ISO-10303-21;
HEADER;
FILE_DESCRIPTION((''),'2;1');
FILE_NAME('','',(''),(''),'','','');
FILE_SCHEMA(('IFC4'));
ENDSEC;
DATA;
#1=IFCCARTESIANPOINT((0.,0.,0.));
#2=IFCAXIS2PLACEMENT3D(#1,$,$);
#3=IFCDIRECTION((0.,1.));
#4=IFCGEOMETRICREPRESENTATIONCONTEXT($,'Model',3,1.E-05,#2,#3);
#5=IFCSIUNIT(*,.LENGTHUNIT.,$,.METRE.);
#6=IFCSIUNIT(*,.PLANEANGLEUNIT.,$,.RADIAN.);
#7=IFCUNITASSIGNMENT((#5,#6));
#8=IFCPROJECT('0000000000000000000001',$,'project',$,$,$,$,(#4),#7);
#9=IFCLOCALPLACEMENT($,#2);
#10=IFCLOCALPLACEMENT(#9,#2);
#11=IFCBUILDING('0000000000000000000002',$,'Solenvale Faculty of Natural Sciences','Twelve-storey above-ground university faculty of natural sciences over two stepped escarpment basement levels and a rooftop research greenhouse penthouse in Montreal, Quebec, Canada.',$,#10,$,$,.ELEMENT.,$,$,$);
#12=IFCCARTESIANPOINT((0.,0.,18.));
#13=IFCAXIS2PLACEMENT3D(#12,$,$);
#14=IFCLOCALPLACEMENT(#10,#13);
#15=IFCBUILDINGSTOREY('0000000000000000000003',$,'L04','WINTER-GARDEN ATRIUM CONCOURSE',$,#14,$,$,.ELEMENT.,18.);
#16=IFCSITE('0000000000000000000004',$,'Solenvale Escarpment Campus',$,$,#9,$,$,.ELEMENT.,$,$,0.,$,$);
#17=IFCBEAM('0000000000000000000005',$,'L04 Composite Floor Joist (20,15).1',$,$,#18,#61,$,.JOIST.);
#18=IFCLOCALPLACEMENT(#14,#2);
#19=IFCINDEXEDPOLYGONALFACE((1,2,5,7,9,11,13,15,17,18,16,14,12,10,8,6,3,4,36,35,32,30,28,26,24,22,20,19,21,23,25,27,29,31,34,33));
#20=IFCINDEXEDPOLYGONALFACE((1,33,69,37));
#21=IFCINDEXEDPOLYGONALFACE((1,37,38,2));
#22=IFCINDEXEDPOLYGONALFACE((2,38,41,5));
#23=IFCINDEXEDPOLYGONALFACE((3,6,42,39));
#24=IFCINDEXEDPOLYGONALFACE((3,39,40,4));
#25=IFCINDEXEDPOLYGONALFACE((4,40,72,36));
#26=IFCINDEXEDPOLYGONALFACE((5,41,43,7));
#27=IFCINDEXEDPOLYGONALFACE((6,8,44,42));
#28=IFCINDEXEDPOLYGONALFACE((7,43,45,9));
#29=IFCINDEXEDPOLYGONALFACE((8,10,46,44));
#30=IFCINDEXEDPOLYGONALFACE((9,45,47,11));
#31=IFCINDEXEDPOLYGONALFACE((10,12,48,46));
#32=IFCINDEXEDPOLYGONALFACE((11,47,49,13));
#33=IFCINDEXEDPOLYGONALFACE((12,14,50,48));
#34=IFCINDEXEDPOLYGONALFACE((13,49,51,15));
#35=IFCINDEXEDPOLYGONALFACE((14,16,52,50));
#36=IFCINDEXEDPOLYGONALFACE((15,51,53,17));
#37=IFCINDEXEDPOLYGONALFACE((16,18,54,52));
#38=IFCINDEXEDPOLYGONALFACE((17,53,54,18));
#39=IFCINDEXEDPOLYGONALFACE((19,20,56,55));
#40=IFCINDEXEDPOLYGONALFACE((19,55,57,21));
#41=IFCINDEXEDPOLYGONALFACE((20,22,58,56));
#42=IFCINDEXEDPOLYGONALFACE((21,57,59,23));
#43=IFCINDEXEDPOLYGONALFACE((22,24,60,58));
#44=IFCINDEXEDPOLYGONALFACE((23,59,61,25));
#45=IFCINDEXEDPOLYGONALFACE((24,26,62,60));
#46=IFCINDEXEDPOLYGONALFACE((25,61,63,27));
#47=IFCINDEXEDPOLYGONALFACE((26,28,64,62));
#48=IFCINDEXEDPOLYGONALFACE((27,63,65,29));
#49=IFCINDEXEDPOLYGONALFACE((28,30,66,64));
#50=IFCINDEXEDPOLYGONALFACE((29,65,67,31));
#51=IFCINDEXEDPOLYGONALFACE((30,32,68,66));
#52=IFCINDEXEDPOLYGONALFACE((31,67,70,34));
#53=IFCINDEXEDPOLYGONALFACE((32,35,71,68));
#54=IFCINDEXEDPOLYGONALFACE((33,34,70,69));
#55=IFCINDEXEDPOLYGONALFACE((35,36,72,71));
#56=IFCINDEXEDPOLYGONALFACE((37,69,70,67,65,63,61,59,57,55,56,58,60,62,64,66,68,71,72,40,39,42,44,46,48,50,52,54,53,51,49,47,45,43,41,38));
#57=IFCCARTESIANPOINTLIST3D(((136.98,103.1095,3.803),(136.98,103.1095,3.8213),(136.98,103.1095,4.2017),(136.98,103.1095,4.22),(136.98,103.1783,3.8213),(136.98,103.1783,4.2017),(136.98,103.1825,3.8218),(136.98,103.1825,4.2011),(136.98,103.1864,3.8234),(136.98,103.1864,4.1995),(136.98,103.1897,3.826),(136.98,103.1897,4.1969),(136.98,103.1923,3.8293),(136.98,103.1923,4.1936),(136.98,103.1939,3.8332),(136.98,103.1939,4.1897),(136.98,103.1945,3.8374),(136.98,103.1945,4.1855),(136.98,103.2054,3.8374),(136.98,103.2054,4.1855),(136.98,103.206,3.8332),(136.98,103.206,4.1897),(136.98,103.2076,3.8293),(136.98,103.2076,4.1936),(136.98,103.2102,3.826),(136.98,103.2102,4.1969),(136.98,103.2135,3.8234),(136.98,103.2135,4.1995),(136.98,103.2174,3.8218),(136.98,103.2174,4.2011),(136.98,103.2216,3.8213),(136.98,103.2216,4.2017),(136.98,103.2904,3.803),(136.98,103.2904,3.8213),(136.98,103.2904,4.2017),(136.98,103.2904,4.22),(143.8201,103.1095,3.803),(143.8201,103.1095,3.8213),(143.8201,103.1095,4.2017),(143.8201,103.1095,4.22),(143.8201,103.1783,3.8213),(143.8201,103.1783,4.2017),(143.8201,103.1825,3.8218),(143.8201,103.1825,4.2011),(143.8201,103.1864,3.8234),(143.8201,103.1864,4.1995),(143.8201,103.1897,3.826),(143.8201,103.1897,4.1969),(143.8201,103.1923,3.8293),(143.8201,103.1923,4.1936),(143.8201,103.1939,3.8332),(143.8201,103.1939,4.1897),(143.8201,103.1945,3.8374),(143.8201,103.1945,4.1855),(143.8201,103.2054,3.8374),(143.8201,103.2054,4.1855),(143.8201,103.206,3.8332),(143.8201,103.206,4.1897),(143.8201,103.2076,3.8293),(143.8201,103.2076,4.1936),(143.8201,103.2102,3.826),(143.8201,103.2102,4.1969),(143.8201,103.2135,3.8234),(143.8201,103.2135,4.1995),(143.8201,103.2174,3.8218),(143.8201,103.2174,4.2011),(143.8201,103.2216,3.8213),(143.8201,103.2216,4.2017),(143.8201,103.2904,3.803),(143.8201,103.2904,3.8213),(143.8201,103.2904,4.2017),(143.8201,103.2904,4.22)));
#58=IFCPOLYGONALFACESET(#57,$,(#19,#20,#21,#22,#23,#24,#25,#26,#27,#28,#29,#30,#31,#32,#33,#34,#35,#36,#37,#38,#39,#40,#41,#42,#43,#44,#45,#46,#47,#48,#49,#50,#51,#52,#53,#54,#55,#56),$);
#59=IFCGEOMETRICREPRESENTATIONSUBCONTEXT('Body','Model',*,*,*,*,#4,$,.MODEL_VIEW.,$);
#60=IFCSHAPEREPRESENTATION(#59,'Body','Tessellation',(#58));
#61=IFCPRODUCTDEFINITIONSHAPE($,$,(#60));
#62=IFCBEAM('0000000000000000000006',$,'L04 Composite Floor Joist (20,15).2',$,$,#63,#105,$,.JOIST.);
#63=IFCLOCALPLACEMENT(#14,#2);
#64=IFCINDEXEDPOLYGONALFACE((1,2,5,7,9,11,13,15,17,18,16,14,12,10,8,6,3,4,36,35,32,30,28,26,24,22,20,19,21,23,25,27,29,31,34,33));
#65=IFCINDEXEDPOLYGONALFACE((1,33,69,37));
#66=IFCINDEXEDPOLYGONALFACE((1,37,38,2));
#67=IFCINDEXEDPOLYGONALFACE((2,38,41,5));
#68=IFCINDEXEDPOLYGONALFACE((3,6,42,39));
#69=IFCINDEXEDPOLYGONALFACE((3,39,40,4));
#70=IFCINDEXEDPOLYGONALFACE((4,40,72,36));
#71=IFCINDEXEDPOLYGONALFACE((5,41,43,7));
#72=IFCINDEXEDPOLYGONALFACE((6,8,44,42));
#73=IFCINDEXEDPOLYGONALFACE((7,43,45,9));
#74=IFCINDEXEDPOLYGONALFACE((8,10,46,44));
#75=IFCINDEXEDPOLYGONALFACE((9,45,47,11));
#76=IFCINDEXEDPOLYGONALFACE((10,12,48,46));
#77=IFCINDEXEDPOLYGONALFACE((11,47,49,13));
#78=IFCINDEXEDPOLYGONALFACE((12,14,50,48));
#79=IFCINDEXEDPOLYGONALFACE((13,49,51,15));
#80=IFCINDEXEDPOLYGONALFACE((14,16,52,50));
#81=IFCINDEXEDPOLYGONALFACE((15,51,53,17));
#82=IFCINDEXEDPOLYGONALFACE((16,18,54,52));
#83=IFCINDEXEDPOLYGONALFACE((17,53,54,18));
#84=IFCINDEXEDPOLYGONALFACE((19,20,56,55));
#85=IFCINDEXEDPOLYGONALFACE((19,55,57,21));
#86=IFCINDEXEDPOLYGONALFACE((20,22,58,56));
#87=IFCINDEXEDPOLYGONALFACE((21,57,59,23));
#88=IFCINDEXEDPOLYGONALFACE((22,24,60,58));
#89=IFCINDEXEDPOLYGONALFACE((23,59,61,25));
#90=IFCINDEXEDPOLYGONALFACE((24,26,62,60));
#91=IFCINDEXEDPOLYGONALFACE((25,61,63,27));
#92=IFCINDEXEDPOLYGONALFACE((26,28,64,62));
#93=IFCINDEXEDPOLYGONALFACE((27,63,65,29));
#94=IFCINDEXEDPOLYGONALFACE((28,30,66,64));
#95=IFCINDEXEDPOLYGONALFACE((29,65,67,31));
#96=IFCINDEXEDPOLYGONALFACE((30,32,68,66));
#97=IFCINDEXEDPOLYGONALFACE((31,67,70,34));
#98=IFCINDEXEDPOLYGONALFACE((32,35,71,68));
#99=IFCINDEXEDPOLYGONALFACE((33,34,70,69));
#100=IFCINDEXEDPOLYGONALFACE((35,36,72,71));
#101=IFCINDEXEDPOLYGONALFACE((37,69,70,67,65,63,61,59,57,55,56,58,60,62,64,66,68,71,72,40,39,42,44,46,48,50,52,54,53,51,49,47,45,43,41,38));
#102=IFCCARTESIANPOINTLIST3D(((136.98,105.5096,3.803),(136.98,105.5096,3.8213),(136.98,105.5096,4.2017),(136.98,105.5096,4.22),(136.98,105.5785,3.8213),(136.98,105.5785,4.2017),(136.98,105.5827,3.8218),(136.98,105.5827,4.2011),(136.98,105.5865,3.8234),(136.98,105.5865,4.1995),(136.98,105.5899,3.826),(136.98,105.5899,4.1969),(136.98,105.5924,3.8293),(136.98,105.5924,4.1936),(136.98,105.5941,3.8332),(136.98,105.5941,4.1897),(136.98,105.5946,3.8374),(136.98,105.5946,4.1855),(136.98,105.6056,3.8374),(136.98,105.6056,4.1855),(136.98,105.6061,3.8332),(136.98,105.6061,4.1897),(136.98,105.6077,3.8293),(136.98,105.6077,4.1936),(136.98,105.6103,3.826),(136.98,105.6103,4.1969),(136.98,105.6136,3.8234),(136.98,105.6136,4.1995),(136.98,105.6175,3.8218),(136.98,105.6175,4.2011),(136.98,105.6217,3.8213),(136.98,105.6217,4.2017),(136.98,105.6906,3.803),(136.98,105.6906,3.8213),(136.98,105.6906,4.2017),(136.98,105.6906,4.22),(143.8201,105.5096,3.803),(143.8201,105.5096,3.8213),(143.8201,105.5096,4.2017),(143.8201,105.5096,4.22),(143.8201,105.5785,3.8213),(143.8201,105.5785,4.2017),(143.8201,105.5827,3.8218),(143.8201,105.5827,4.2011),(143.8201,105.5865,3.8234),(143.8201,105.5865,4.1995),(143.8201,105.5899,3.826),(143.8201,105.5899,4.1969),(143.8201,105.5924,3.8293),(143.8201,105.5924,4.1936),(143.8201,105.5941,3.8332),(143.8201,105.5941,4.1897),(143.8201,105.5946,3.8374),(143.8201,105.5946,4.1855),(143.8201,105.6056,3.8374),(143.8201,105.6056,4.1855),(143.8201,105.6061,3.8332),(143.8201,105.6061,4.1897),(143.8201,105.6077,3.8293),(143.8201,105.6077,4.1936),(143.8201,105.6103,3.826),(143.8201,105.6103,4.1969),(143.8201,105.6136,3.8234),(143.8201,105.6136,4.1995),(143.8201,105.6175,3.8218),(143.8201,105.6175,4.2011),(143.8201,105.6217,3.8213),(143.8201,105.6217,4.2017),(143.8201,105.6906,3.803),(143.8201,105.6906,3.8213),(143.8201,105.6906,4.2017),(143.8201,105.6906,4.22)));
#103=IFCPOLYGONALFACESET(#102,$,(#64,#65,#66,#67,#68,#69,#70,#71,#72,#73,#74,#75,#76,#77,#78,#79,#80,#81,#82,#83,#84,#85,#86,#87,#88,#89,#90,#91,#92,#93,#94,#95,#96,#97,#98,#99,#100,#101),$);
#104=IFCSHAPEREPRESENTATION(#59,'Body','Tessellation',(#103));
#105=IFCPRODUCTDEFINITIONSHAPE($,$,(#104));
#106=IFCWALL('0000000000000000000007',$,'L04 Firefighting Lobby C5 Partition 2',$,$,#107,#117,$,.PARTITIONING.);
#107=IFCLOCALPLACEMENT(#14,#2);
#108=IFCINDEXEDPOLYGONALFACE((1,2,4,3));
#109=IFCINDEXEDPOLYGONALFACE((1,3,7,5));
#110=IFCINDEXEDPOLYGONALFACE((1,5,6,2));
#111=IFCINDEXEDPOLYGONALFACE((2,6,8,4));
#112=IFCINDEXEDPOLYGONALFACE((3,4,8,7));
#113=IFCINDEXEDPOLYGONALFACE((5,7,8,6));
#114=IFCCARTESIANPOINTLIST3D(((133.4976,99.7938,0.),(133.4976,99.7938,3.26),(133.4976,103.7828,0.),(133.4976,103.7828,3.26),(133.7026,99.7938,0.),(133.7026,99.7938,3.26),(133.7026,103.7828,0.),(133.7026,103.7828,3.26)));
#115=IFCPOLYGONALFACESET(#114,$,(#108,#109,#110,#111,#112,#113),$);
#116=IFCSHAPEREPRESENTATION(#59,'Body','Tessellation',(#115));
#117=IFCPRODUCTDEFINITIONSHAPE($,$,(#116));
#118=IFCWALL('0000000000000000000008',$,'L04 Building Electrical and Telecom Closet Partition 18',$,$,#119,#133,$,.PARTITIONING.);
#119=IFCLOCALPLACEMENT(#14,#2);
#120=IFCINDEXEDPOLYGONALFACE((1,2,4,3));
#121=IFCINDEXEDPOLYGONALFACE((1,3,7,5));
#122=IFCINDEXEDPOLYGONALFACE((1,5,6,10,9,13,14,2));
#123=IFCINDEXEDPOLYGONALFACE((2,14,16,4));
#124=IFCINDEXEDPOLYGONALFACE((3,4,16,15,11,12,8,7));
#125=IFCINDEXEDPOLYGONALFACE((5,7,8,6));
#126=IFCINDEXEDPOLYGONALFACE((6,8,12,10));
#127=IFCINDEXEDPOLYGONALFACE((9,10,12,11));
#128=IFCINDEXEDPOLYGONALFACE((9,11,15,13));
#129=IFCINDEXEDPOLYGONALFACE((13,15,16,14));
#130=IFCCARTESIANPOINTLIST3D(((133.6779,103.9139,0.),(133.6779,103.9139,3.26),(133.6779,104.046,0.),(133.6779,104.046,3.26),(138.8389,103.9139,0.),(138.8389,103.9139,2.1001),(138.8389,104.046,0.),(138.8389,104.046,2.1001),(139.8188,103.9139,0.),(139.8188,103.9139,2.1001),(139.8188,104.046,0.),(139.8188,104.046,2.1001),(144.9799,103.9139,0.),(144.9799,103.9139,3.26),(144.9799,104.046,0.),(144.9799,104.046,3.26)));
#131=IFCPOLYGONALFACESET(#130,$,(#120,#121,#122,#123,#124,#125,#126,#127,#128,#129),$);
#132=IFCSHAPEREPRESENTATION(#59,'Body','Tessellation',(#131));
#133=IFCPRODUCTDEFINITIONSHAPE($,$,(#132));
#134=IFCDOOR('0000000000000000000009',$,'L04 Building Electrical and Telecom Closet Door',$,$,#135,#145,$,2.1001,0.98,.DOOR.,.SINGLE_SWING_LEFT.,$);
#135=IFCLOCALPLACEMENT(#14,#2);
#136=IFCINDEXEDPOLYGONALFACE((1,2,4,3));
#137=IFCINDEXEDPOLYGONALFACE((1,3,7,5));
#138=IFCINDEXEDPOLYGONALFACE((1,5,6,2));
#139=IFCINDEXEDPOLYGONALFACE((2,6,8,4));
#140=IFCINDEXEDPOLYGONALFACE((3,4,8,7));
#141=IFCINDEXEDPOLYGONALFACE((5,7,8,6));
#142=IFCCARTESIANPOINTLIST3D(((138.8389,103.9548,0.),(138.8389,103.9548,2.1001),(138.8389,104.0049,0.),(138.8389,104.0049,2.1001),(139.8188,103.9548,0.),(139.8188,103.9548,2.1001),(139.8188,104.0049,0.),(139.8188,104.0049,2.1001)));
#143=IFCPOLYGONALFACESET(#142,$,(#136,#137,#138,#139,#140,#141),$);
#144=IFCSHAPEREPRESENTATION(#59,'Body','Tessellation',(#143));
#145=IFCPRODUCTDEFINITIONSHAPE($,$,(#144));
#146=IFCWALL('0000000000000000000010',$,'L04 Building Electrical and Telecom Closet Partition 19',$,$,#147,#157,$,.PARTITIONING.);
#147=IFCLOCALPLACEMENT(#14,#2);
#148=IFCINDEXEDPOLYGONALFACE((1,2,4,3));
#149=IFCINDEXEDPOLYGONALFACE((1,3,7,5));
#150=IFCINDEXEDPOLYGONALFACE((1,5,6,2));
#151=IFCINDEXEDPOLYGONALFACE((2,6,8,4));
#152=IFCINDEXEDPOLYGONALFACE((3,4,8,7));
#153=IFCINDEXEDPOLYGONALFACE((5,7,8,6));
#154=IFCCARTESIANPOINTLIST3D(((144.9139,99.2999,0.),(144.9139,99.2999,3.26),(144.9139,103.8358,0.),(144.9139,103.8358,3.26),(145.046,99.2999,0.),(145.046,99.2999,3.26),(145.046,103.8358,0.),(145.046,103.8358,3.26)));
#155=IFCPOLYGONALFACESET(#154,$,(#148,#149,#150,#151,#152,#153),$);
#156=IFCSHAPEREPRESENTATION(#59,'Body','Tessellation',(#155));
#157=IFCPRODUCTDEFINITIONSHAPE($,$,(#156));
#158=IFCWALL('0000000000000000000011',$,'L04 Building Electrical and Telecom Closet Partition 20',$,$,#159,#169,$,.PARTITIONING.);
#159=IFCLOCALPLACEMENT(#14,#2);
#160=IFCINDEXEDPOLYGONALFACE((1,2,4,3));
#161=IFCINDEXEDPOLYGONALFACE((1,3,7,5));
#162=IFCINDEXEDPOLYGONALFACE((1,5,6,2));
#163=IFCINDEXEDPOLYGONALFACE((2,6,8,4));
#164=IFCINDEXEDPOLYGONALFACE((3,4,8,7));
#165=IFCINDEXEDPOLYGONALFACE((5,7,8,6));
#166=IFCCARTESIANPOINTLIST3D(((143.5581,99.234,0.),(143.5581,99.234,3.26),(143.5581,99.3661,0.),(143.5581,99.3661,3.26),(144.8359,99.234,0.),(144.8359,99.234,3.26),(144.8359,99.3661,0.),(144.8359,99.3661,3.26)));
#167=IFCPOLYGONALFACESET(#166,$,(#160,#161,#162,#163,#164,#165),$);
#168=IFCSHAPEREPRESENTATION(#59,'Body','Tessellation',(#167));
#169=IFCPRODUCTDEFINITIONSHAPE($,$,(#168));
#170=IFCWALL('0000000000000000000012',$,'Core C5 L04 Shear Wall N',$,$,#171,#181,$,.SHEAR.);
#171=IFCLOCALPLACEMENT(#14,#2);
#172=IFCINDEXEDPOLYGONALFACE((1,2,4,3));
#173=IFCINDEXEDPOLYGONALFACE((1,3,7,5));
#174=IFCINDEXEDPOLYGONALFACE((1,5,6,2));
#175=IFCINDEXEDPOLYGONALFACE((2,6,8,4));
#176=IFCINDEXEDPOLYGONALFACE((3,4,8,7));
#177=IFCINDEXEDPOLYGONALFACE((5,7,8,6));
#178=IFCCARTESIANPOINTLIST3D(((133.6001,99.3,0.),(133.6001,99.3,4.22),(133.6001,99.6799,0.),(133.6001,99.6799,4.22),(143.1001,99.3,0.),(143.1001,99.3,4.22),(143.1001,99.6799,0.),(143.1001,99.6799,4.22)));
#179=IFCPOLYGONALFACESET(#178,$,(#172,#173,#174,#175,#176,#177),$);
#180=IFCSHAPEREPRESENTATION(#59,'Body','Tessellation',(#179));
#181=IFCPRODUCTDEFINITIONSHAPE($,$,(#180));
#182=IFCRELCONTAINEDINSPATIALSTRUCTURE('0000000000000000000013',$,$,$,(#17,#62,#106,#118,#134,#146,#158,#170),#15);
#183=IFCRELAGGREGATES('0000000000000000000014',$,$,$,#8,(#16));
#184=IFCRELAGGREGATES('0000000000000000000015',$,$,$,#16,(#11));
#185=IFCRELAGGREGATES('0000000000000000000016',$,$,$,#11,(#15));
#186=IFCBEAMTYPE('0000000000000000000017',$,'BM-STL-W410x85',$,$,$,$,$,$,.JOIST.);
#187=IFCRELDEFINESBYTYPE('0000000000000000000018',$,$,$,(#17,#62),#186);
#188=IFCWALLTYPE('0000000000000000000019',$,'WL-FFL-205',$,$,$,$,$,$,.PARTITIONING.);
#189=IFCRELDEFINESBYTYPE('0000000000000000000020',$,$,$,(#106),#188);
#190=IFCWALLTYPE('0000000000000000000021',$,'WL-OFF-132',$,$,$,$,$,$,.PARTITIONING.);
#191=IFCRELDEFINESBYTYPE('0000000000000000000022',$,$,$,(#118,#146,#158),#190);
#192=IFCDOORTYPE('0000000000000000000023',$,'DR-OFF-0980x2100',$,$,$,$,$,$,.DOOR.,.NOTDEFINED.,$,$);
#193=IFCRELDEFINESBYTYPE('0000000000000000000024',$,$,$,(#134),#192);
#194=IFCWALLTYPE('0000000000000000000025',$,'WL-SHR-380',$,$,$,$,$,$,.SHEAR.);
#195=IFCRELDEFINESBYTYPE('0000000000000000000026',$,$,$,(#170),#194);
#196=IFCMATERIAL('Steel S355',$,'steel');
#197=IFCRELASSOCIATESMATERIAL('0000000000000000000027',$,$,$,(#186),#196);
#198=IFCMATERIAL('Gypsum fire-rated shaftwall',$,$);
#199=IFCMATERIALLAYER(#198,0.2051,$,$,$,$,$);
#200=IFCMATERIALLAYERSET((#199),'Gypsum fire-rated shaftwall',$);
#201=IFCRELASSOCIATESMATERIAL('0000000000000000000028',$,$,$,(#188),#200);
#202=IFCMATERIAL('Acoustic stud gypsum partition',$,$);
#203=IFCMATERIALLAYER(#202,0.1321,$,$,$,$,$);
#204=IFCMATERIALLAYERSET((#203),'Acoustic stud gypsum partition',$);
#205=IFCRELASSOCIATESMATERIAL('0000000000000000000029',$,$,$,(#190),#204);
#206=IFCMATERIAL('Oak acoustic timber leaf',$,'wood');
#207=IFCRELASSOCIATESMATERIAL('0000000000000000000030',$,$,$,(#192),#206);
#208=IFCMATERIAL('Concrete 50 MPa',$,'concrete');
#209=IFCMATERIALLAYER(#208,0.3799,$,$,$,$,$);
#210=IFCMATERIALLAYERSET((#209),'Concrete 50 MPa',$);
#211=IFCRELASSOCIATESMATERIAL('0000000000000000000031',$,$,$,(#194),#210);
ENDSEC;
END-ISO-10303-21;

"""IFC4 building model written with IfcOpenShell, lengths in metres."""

from ifc_helpers import new_model, si_unit, direction, frame, frame_2d, origin, origin_2d, place, context, subcontext, project, spatial, rectangle, i_section, extrude, material, layer, layer_set, material_profile, profile_set, type_object, element, fill, save


model = new_model("IFC4")

# Units and contexts
model_context = context("Model", 3, precision=1e-05, world=origin(), true_north=direction((0.0, 1.0)))
body_context = subcontext(model_context, "Body", "Model", "MODEL_VIEW")
ifc_project = project(units=[si_unit("LENGTHUNIT", "METRE"), si_unit("PLANEANGLEUNIT", "RADIAN")], contexts=[model_context])

# Site, building, storey
site_placement = place(None, origin())
site = spatial("IfcSite", under=ifc_project, at=site_placement, Name="Solenvale Escarpment Campus", CompositionType="ELEMENT", RefElevation=0.0)
building_placement = place(site_placement, origin())
building = spatial("IfcBuilding", under=site, at=building_placement, Name="Solenvale Faculty of Natural Sciences", Description="Twelve-storey above-ground university faculty of natural sciences over two stepped escarpment basement levels and a rooftop research greenhouse penthouse in Montreal, Quebec, Canada.", CompositionType="ELEMENT")
storey_placement = place(building_placement, frame((0.0, 0.0, 18.0)))
storey = spatial("IfcBuildingStorey", under=building, at=storey_placement, Name="L04", Description="WINTER-GARDEN ATRIUM CONCOURSE", CompositionType="ELEMENT", Elevation=18.0)

# Beams
ifc_material_1 = material(Name="Steel S355", Category="steel")
ifc_material_profile_1 = material_profile(ifc_material_1, i_section(OverallWidth=0.1809, OverallDepth=0.417, WebThickness=0.011, FlangeThickness=0.0183, FilletRadius=0.0161, at=origin_2d()), Name="W410x85")
ifc_profile_set_1 = profile_set([ifc_material_profile_1], Name="Steel S355")
beam_type_1 = type_object("IfcBeamType", Name="BM-STL-W410x85", PredefinedType="JOIST", material=ifc_profile_set_1)
for number, where, z_axis, x_axis, name in (
    (1, (136.98, 103.2, 4.0115), (1.0, 0.0, 0.0), (0.0, 1.0, 0.0), "L04 Composite Floor Joist (20,15).1"),
    (2, (136.98, 105.6001, 4.0115), (1.0, 0.0, 0.0), (0.0, 1.0, 0.0), "L04 Composite Floor Joist (20,15).2"),
):
    element("IfcBeam", number, at=place(storey_placement, frame(where, z_axis=z_axis, x_axis=x_axis)), inside=storey, type_object=beam_type_1, Name=name, PredefinedType="JOIST", context=body_context, shape_type="SweptSolid", body=[
        extrude(i_section(OverallWidth=0.1809, OverallDepth=0.417, WebThickness=0.011, FlangeThickness=0.0183, FilletRadius=0.0161, at=origin_2d()), origin(), (0.0, 0.0, 1.0), 6.8401),
    ])

# Wall
ifc_material_2 = material(Name="Gypsum fire-rated shaftwall")
ifc_layer_1 = layer(ifc_material_2, 0.2051)
ifc_layer_set_1 = layer_set([ifc_layer_1], Name="Gypsum fire-rated shaftwall")
wall_type_1 = type_object("IfcWallType", Name="WL-FFL-205", PredefinedType="PARTITIONING", material=ifc_layer_set_1)
wall_1_placement = place(storey_placement, frame((133.6001, 103.783, 0.0), z_axis=(0.0, 0.0, 1.0), x_axis=(0.0, -1.0, 0.0)))
element("IfcWall", 3, at=wall_1_placement, inside=storey, type_object=wall_type_1, Name="L04 Firefighting Lobby C5 Partition 2", PredefinedType="PARTITIONING", context=body_context, shape_type="SweptSolid", body=[
    extrude(rectangle(XDim=3.989, YDim=0.2051, at=frame_2d((1.9946, 0.0))), origin(), (0.0, 0.0, 1.0), 3.26),
])

# Wall, opening, door
ifc_material_3 = material(Name="Acoustic stud gypsum partition")
ifc_layer_2 = layer(ifc_material_3, 0.1321)
ifc_layer_set_2 = layer_set([ifc_layer_2], Name="Acoustic stud gypsum partition")
wall_type_2 = type_object("IfcWallType", Name="WL-OFF-132", PredefinedType="PARTITIONING", material=ifc_layer_set_2)
wall_2_placement = place(storey_placement, frame((133.678, 103.98, 0.0), z_axis=(0.0, 0.0, 1.0), x_axis=(1.0, 0.0, 0.0)))
wall_2 = element("IfcWall", 4, at=wall_2_placement, inside=storey, type_object=wall_type_2, Name="L04 Building Electrical and Telecom Closet Partition 18", PredefinedType="PARTITIONING", context=body_context, shape_type="SweptSolid", body=[
    extrude(rectangle(XDim=11.302, YDim=0.1321, at=frame_2d((5.6509, 0.0))), origin(), (0.0, 0.0, 1.0), 3.26),
])
opening_1_placement = place(wall_2_placement, frame((5.1609, 0.0, 0.0)))
opening_1 = element("IfcOpeningElement", 5, at=opening_1_placement, cuts=wall_2, PredefinedType="OPENING", context=body_context, shape_type="SweptSolid", body=[
    extrude(rectangle(XDim=0.98, YDim=2.1001, at=frame_2d((0.49, 1.05))), frame((0.0, 0.0759, 0.0), z_axis=(0.0, -1.0, 0.0), x_axis=(1.0, 0.0, 0.0)), (0.0, 0.0, 1.0), 0.1521),
])
ifc_material_4 = material(Name="Oak acoustic timber leaf", Category="wood")
door_type_1 = type_object("IfcDoorType", Name="DR-OFF-0980x2100", OperationType="NOTDEFINED", PredefinedType="DOOR", material=ifc_material_4)
door_1_placement = place(opening_1_placement, origin())
door_1 = element("IfcDoor", 6, at=door_1_placement, inside=storey, type_object=door_type_1, Name="L04 Building Electrical and Telecom Closet Door", OperationType="SINGLE_SWING_LEFT", OverallHeight=2.1001, OverallWidth=0.98, PredefinedType="DOOR", context=body_context, shape_type="SweptSolid", body=[
    extrude(rectangle(XDim=0.98, YDim=2.1001, at=frame_2d((0.49, 1.05))), frame((0.0, 0.0249, 0.0), z_axis=(0.0, -1.0, 0.0), x_axis=(1.0, 0.0, 0.0)), (0.0, 0.0, 1.0), 0.05),
])
fill(opening_1, door_1)

# Walls
wall_3_placement = place(storey_placement, frame((144.98, 103.8359, 0.0), z_axis=(0.0, 0.0, 1.0), x_axis=(0.0, -1.0, 0.0)))
element("IfcWall", 7, at=wall_3_placement, inside=storey, type_object=wall_type_2, Name="L04 Building Electrical and Telecom Closet Partition 19", PredefinedType="PARTITIONING", context=body_context, shape_type="SweptSolid", body=[
    extrude(rectangle(XDim=4.5359, YDim=0.1321, at=frame_2d((2.2681, 0.0))), origin(), (0.0, 0.0, 1.0), 3.26),
])
wall_4_placement = place(storey_placement, frame((144.8359, 99.3, 0.0), z_axis=(0.0, 0.0, 1.0), x_axis=(-1.0, 0.0, 0.0)))
element("IfcWall", 8, at=wall_4_placement, inside=storey, type_object=wall_type_2, Name="L04 Building Electrical and Telecom Closet Partition 20", PredefinedType="PARTITIONING", context=body_context, shape_type="SweptSolid", body=[
    extrude(rectangle(XDim=1.2778, YDim=0.1321, at=frame_2d((0.6389, 0.0))), origin(), (0.0, 0.0, 1.0), 3.26),
])

# Wall
ifc_material_5 = material(Name="Concrete 50 MPa", Category="concrete")
ifc_layer_3 = layer(ifc_material_5, 0.3799)
ifc_layer_set_3 = layer_set([ifc_layer_3], Name="Concrete 50 MPa")
wall_type_3 = type_object("IfcWallType", Name="WL-SHR-380", PredefinedType="SHEAR", material=ifc_layer_set_3)
wall_5_placement = place(storey_placement, frame((133.6001, 99.49, 0.0), z_axis=(0.0, 0.0, 1.0), x_axis=(1.0, 0.0, 0.0)))
element("IfcWall", 9, at=wall_5_placement, inside=storey, type_object=wall_type_3, Name="Core C5 L04 Shear Wall N", PredefinedType="SHEAR", context=body_context, shape_type="SweptSolid", body=[
    extrude(rectangle(XDim=9.5, YDim=0.3799, at=frame_2d((4.75, 0.0))), origin(), (0.0, 0.0, 1.0), 4.22),
])

save(model, "model.ifc")
